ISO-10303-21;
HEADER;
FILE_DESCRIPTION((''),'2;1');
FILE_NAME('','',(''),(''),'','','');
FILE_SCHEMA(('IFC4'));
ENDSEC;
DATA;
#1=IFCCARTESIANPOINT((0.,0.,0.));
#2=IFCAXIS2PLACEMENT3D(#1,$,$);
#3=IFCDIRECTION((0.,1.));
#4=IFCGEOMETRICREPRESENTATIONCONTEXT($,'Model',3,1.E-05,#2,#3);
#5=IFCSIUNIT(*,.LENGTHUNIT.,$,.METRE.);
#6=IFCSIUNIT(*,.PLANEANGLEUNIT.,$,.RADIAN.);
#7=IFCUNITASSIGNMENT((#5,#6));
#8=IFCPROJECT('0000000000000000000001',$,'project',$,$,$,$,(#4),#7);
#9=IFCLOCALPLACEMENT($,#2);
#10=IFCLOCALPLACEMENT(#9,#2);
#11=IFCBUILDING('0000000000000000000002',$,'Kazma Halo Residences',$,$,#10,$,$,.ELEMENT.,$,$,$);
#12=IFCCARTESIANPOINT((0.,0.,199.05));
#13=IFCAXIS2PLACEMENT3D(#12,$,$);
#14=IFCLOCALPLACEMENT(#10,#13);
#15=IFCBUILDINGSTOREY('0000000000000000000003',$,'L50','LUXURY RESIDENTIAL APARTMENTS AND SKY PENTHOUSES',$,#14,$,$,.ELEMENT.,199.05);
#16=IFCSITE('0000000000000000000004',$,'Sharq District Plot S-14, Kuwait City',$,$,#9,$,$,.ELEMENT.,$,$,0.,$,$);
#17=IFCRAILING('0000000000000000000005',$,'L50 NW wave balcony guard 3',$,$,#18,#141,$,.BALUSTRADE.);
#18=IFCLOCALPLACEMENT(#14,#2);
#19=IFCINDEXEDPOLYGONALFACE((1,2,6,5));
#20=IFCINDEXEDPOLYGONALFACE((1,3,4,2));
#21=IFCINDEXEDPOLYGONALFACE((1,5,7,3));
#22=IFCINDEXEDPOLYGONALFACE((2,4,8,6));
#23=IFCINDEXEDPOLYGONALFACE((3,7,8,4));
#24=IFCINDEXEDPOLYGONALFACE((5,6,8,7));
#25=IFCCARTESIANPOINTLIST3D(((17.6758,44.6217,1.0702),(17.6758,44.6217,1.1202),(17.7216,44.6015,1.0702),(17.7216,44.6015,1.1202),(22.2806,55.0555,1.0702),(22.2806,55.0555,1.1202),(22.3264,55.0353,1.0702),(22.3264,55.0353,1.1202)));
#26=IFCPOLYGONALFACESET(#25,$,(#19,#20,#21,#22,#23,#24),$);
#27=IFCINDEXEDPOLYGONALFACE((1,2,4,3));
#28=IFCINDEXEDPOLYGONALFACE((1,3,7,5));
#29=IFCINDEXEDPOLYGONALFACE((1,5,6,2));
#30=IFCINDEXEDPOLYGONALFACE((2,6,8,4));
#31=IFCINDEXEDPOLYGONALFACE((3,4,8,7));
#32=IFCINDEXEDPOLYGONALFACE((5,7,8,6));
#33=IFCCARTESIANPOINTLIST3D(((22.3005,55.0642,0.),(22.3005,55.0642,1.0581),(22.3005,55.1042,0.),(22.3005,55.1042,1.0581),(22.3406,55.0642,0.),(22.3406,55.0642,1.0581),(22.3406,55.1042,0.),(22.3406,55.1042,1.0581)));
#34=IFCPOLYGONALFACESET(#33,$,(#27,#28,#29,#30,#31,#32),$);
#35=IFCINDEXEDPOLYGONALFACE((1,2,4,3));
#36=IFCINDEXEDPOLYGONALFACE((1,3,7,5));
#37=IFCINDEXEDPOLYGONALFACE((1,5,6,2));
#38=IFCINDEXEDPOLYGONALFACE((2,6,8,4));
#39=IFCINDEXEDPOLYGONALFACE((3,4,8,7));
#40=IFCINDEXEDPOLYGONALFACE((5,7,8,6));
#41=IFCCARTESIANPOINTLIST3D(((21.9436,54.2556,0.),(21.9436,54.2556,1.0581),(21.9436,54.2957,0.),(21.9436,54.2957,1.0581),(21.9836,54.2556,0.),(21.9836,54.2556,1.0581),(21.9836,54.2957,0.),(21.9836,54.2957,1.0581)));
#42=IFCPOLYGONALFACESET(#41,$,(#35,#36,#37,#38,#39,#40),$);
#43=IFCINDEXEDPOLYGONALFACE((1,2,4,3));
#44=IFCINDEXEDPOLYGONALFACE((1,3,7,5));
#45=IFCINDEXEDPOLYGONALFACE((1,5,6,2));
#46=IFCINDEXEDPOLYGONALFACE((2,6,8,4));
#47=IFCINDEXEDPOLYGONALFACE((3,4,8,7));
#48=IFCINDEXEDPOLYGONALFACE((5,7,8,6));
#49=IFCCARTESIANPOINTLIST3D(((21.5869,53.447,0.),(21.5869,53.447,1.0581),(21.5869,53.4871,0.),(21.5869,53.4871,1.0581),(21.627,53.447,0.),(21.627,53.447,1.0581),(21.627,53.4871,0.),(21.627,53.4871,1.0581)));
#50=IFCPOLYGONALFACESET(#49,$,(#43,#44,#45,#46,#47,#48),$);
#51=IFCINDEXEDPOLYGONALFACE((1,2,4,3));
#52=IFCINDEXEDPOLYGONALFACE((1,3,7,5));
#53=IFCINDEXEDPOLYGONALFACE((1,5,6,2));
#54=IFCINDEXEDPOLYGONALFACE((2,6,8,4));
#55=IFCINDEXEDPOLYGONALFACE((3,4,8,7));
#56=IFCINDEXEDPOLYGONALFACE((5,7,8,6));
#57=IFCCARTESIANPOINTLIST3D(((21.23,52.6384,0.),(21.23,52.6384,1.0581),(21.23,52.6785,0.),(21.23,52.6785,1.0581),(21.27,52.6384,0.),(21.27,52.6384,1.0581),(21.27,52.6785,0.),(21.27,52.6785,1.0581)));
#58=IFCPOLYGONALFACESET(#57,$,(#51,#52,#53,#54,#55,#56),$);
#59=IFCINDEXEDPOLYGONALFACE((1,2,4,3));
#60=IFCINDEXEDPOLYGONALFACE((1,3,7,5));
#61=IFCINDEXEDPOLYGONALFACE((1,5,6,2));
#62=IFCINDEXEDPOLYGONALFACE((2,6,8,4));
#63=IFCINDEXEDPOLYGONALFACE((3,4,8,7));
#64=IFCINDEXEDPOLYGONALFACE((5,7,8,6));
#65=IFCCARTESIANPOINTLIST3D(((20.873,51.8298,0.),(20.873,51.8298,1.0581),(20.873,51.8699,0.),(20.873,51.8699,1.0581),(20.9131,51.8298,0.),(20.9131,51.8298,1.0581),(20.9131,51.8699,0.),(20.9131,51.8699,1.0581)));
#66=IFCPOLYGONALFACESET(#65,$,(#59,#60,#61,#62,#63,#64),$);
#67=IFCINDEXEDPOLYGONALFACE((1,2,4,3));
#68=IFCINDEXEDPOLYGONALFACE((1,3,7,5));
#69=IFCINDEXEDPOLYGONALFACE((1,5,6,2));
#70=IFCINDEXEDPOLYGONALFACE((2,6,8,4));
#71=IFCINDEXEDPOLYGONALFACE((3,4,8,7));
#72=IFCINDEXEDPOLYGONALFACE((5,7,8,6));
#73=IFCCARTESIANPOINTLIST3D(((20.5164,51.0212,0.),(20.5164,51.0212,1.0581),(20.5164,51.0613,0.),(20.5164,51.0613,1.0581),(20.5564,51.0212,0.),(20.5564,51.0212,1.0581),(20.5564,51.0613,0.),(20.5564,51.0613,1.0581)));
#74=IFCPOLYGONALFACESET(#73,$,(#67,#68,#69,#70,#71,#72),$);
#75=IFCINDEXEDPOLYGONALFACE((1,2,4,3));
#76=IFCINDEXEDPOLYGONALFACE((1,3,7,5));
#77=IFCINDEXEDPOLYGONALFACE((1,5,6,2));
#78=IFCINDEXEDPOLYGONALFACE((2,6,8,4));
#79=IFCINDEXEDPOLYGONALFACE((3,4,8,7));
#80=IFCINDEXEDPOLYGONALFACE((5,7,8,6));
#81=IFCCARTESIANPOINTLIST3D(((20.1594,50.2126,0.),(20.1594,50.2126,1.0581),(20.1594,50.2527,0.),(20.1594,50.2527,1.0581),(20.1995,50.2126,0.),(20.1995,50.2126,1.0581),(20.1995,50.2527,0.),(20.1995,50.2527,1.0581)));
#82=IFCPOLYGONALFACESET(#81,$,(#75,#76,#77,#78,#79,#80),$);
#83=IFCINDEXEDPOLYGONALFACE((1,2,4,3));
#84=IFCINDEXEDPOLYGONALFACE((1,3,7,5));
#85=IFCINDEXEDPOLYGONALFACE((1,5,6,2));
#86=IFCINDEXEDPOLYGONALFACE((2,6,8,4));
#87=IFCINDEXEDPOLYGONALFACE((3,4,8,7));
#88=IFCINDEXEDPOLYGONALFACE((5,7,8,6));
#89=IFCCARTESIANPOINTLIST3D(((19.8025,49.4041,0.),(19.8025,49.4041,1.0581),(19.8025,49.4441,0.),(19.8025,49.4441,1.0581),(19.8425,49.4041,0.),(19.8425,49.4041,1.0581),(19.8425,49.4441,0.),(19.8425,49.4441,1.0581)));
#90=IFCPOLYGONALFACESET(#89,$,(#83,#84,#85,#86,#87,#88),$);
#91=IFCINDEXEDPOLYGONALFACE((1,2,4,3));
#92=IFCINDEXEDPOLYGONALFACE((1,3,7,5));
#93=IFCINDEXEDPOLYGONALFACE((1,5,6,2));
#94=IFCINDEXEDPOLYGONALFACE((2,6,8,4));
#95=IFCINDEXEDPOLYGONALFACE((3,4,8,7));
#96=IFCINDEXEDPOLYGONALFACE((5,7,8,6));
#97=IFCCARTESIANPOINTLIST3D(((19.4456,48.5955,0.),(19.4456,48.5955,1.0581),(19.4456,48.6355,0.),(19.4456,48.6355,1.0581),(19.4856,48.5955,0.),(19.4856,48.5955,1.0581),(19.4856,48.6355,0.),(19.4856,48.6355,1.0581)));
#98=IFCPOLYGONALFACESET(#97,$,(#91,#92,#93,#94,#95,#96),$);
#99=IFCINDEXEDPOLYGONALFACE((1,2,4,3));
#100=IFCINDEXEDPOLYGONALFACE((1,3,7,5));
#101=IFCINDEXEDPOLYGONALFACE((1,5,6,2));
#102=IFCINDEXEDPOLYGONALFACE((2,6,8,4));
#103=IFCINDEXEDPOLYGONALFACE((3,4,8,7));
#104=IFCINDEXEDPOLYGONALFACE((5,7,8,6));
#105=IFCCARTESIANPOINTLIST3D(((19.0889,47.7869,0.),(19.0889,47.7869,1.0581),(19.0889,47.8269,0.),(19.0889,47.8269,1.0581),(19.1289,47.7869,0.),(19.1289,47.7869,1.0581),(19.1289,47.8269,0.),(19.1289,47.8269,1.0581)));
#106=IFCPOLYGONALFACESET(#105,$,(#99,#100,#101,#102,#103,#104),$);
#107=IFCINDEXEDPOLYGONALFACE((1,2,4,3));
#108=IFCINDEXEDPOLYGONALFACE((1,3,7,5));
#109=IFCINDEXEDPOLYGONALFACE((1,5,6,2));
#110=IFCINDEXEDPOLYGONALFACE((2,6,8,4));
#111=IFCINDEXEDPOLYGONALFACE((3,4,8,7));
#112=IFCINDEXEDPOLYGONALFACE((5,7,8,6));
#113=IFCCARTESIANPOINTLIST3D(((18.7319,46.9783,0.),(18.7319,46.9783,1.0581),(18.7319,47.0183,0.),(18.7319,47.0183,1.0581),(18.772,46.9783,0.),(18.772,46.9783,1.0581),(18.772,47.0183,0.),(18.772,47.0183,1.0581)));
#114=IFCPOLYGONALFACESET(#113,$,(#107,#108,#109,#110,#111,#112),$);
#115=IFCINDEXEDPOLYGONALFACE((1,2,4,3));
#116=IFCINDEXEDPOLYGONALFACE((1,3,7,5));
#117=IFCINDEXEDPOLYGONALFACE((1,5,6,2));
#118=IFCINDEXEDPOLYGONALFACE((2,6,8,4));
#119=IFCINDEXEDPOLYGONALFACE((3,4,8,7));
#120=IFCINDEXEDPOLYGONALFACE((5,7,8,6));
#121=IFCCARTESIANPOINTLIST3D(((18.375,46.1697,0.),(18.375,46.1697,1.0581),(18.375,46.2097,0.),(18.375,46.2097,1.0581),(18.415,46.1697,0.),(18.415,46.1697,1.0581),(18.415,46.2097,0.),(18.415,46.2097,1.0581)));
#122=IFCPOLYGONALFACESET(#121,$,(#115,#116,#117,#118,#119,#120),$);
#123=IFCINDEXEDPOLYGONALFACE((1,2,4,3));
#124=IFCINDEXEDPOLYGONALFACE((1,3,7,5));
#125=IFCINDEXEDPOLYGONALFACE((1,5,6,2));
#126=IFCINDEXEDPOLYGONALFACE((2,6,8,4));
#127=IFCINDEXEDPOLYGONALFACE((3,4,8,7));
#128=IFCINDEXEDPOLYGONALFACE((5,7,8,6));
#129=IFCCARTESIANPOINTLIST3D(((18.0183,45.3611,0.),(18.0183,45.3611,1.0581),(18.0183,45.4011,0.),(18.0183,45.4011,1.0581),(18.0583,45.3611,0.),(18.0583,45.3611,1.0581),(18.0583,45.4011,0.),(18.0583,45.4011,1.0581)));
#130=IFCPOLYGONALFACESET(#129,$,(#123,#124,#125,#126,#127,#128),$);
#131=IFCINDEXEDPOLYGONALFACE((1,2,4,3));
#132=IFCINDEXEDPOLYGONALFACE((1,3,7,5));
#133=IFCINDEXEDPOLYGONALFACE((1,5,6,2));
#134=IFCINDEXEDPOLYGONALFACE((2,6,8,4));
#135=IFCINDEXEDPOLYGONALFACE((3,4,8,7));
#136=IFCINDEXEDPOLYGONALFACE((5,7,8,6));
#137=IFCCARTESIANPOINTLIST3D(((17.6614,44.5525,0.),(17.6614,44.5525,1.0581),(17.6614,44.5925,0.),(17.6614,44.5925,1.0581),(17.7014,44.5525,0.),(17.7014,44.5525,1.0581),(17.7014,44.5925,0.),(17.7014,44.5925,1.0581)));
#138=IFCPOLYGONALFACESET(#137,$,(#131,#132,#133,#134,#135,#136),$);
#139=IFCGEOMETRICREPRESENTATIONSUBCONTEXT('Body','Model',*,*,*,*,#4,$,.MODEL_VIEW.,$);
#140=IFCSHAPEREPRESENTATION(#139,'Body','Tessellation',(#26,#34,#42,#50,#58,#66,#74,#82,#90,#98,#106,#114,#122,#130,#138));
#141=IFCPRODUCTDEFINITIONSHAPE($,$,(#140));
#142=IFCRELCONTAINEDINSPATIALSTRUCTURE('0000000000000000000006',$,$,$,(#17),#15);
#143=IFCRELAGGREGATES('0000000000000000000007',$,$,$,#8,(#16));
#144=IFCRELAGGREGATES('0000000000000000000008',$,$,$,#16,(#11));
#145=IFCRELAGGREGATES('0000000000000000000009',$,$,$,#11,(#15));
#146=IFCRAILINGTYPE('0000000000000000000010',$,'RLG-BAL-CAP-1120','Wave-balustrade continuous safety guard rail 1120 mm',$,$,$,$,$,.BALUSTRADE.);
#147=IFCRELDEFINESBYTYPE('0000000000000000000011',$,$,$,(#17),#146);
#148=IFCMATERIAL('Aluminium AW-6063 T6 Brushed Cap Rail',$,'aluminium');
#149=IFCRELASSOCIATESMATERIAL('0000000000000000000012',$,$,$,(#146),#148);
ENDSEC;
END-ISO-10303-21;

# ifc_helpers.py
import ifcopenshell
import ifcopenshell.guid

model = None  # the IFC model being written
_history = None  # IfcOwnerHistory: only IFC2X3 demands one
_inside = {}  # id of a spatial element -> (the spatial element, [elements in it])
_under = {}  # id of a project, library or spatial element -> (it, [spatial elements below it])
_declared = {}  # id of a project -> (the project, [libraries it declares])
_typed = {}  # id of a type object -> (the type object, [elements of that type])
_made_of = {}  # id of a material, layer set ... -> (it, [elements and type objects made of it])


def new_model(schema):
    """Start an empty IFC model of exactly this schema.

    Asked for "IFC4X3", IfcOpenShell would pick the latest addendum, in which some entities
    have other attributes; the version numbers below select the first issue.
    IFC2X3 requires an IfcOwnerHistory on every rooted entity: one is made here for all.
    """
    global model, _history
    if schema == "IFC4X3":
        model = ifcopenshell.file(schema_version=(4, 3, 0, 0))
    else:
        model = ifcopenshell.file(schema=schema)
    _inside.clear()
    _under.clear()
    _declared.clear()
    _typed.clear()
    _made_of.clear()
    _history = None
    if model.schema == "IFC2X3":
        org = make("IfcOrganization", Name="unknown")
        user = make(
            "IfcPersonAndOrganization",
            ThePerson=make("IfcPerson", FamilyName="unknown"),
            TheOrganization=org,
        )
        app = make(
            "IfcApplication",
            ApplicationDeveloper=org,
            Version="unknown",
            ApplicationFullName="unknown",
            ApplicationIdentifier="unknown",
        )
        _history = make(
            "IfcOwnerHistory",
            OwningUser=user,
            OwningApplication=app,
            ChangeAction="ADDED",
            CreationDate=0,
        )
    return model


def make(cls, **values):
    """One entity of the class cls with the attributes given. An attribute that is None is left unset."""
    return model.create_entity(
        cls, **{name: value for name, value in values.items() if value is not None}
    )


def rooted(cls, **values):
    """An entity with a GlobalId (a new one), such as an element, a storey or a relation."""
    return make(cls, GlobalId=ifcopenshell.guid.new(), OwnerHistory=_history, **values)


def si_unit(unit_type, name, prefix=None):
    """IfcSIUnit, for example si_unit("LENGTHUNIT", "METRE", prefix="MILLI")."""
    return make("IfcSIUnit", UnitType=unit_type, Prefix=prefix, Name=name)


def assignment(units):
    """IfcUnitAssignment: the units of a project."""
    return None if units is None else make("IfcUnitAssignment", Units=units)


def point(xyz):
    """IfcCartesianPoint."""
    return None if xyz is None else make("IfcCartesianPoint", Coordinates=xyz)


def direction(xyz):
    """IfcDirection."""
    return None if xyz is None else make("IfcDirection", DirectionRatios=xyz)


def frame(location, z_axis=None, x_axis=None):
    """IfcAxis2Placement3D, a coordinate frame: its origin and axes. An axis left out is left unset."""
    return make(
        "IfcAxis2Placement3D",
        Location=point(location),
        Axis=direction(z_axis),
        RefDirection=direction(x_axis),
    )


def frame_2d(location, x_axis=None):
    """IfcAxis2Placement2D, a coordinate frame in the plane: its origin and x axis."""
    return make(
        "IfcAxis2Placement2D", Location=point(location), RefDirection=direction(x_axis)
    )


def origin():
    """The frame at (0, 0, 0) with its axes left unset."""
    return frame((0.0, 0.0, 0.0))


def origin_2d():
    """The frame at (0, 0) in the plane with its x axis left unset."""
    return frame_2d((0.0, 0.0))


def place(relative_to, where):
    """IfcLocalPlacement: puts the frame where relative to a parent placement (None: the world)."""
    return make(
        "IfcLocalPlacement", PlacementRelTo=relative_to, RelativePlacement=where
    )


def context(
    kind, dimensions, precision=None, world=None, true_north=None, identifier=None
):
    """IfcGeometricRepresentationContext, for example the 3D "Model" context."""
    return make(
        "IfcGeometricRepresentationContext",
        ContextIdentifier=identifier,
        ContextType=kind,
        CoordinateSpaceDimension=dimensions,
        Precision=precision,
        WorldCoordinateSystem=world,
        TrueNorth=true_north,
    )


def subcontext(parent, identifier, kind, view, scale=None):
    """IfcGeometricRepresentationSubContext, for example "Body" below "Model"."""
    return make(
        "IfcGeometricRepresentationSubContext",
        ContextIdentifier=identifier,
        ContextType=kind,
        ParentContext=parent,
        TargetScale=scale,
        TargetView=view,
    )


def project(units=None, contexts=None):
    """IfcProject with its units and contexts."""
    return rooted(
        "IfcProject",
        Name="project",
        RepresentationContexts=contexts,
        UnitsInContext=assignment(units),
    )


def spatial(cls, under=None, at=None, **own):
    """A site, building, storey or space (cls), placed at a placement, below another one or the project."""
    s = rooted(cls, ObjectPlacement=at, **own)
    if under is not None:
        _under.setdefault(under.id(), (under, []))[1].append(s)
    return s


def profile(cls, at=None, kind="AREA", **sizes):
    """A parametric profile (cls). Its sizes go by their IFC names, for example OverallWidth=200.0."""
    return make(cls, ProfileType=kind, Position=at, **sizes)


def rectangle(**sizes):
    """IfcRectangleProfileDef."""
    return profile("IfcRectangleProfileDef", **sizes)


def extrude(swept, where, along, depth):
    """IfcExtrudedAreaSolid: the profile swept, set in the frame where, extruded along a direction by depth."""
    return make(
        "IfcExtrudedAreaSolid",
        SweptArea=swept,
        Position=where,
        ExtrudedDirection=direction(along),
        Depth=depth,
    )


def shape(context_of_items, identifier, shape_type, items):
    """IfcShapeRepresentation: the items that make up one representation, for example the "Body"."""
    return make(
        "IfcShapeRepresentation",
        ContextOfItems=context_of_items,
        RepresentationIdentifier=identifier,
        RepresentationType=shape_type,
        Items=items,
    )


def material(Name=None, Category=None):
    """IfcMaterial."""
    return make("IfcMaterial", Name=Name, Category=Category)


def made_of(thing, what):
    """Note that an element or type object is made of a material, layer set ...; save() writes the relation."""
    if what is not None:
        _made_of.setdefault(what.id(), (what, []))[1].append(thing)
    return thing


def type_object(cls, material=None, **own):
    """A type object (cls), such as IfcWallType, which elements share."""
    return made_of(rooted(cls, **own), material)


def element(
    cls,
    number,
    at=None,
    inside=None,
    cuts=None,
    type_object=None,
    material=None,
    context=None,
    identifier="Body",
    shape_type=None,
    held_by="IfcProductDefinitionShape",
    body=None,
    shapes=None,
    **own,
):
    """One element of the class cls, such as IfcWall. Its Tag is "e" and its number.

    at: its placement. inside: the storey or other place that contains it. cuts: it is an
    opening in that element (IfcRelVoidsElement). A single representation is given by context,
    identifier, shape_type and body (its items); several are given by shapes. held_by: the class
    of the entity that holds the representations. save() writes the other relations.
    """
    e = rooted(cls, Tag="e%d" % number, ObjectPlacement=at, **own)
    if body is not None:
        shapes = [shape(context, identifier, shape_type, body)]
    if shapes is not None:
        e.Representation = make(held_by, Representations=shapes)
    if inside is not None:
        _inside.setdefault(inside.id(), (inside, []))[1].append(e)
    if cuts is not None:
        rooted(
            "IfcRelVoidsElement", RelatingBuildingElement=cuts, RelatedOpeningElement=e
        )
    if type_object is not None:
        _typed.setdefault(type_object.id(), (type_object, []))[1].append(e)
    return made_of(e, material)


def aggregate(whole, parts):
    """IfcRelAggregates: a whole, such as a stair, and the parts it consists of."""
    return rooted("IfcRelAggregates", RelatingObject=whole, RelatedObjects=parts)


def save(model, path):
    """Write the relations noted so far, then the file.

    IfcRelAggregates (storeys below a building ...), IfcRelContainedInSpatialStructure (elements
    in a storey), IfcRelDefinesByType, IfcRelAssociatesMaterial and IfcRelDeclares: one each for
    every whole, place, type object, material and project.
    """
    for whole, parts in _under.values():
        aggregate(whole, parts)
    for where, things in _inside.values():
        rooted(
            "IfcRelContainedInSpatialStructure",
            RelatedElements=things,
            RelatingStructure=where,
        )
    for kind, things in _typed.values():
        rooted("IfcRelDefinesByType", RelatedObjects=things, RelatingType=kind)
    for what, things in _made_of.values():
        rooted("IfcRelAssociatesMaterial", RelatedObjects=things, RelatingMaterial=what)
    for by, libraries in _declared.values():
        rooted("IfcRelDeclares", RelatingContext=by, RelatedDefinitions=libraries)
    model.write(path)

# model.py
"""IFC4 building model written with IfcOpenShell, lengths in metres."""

from ifc_helpers import new_model, si_unit, direction, frame, origin, origin_2d, place, context, subcontext, project, spatial, rectangle, extrude, material, type_object, element, save


model = new_model("IFC4")

# Units and contexts
model_context = context("Model", 3, precision=1e-05, world=origin(), true_north=direction((0.0, 1.0)))
body_context = subcontext(model_context, "Body", "Model", "MODEL_VIEW")
ifc_project = project(units=[si_unit("LENGTHUNIT", "METRE"), si_unit("PLANEANGLEUNIT", "RADIAN")], contexts=[model_context])

# Site, building, storey
site_placement = place(None, origin())
site = spatial("IfcSite", under=ifc_project, at=site_placement, Name="Sharq District Plot S-14, Kuwait City", CompositionType="ELEMENT", RefElevation=0.0)
building_placement = place(site_placement, origin())
building = spatial("IfcBuilding", under=site, at=building_placement, Name="Kazma Halo Residences", CompositionType="ELEMENT")
storey_placement = place(building_placement, frame((0.0, 0.0, 199.05)))
storey = spatial("IfcBuildingStorey", under=building, at=storey_placement, Name="L50", Description="LUXURY RESIDENTIAL APARTMENTS AND SKY PENTHOUSES", CompositionType="ELEMENT", Elevation=199.05)

# Railing
ifc_material_1 = material(Name="Aluminium AW-6063 T6 Brushed Cap Rail", Category="aluminium")
railing_type = type_object("IfcRailingType", Name="RLG-BAL-CAP-1120", Description="Wave-balustrade continuous safety guard rail 1120 mm", PredefinedType="BALUSTRADE", material=ifc_material_1)
railing_1_placement = place(storey_placement, frame((22.3206, 55.0842, 0.0)))
element("IfcRailing", 1, at=railing_1_placement, inside=storey, type_object=railing_type, Name="L50 NW wave balcony guard 3", PredefinedType="BALUSTRADE", context=body_context, shape_type="SweptSolid", body=[
    extrude(rectangle(XDim=0.05, YDim=0.05, at=origin_2d()), frame((-0.0171, -0.0388, 1.0952), z_axis=(-0.403759, -0.914865, 0.0), x_axis=(0.914865, -0.403759, 0.0)), (0.0, 0.0, 1.0), 11.4048),
    extrude(rectangle(XDim=0.04, YDim=0.04, at=origin_2d()), origin(), (0.0, 0.0, 1.0), 1.0581),
    extrude(rectangle(XDim=0.04, YDim=0.04, at=origin_2d()), frame((-0.3569, -0.8086, 0.0)), (0.0, 0.0, 1.0), 1.0581),
    extrude(rectangle(XDim=0.04, YDim=0.04, at=origin_2d()), frame((-0.7136, -1.6172, 0.0)), (0.0, 0.0, 1.0), 1.0581),
    extrude(rectangle(XDim=0.04, YDim=0.04, at=origin_2d()), frame((-1.0706, -2.4258, 0.0)), (0.0, 0.0, 1.0), 1.0581),
    extrude(rectangle(XDim=0.04, YDim=0.04, at=origin_2d()), frame((-1.4275, -3.2344, 0.0)), (0.0, 0.0, 1.0), 1.0581),
    extrude(rectangle(XDim=0.04, YDim=0.04, at=origin_2d()), frame((-1.7842, -4.043, 0.0)), (0.0, 0.0, 1.0), 1.0581),
    extrude(rectangle(XDim=0.04, YDim=0.04, at=origin_2d()), frame((-2.1411, -4.8516, 0.0)), (0.0, 0.0, 1.0), 1.0581),
    extrude(rectangle(XDim=0.04, YDim=0.04, at=origin_2d()), frame((-2.498, -5.6602, 0.0)), (0.0, 0.0, 1.0), 1.0581),
    extrude(rectangle(XDim=0.04, YDim=0.04, at=origin_2d()), frame((-2.855, -6.4688, 0.0)), (0.0, 0.0, 1.0), 1.0581),
    extrude(rectangle(XDim=0.04, YDim=0.04, at=origin_2d()), frame((-3.2117, -7.2773, 0.0)), (0.0, 0.0, 1.0), 1.0581),
    extrude(rectangle(XDim=0.04, YDim=0.04, at=origin_2d()), frame((-3.5686, -8.0859, 0.0)), (0.0, 0.0, 1.0), 1.0581),
    extrude(rectangle(XDim=0.04, YDim=0.04, at=origin_2d()), frame((-3.9255, -8.8945, 0.0)), (0.0, 0.0, 1.0), 1.0581),
    extrude(rectangle(XDim=0.04, YDim=0.04, at=origin_2d()), frame((-4.2822, -9.7031, 0.0)), (0.0, 0.0, 1.0), 1.0581),
    extrude(rectangle(XDim=0.04, YDim=0.04, at=origin_2d()), frame((-4.6392, -10.5117, 0.0)), (0.0, 0.0, 1.0), 1.0581),
])

save(model, "model.ifc")
